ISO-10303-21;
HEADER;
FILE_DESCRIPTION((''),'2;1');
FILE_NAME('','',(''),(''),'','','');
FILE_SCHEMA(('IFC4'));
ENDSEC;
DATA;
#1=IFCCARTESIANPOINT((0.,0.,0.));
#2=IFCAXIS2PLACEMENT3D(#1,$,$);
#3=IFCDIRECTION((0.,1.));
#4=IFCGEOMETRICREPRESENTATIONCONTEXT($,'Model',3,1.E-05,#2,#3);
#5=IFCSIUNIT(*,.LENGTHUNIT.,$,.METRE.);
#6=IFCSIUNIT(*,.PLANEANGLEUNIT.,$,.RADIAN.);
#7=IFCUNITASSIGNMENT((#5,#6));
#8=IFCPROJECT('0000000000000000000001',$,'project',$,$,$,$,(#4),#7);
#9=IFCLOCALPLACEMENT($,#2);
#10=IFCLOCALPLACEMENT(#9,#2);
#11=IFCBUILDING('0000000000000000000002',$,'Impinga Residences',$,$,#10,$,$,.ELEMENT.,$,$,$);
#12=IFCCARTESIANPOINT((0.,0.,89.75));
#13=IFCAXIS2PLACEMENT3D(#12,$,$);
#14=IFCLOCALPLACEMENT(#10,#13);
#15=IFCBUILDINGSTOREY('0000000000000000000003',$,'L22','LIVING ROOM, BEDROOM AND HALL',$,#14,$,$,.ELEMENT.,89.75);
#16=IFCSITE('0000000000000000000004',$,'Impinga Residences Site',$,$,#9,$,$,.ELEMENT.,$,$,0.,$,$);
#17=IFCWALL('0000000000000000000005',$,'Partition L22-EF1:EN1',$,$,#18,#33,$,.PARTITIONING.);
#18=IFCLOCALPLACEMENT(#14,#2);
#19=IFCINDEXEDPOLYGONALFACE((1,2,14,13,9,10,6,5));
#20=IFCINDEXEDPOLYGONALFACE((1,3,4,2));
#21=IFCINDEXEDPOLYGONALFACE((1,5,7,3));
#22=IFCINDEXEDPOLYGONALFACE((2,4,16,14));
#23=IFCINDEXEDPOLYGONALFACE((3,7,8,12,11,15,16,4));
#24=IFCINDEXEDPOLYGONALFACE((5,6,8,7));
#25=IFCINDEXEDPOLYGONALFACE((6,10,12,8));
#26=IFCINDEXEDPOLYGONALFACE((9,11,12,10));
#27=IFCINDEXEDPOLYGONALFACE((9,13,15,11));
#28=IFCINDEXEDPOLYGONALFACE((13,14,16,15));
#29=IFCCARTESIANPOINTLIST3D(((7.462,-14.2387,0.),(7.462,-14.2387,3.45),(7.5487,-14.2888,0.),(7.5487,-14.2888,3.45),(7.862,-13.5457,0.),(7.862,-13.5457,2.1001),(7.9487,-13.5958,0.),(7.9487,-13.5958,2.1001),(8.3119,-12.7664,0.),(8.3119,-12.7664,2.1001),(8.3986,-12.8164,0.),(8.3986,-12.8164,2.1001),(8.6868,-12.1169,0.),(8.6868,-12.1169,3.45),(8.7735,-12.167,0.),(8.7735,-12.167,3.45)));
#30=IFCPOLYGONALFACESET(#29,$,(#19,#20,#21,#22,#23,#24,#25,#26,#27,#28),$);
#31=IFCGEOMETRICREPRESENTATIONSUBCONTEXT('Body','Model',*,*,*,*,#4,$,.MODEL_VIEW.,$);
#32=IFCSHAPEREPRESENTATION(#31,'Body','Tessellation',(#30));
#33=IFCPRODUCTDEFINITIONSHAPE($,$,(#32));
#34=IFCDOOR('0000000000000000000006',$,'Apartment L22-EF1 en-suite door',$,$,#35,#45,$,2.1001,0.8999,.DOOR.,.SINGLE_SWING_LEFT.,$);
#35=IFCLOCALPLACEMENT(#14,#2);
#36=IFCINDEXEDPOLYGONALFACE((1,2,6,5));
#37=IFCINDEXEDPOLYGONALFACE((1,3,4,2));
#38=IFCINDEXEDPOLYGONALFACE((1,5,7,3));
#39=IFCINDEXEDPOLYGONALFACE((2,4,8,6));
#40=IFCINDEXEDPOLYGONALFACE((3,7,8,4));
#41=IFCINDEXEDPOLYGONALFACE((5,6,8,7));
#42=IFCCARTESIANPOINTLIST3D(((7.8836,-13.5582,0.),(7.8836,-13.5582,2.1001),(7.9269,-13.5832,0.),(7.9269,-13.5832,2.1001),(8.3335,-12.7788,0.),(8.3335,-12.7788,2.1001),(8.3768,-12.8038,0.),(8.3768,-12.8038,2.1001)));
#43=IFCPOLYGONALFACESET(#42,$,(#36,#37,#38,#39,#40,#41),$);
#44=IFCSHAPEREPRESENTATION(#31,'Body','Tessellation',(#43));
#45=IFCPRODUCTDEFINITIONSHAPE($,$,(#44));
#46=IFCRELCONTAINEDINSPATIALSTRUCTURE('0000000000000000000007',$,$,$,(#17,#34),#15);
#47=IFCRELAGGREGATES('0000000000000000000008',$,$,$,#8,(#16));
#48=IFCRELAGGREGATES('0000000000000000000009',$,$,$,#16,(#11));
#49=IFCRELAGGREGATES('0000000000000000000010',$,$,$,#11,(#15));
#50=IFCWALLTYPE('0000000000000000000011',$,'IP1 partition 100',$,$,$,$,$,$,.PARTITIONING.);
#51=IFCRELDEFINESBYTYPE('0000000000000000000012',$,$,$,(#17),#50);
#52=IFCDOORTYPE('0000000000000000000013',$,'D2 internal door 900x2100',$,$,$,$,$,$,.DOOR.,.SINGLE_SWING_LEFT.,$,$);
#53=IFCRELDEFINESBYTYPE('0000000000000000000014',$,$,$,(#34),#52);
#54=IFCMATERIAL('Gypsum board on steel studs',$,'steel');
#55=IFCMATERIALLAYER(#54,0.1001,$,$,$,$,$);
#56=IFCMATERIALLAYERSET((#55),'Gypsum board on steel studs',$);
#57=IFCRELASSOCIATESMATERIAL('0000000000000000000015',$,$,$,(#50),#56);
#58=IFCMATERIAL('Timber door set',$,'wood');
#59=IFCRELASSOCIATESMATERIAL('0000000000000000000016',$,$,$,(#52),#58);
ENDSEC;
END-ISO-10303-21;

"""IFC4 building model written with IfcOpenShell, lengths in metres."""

from ifc_helpers import new_model, si_unit, direction, frame, frame_2d, origin, place, context, subcontext, project, spatial, rectangle, extrude, material, layer, layer_set, type_object, element, fill, save


model = new_model("IFC4")

# Units and contexts
model_context = context("Model", 3, precision=1e-05, world=origin(), true_north=direction((0.0, 1.0)))
body_context = subcontext(model_context, "Body", "Model", "MODEL_VIEW")
ifc_project = project(units=[si_unit("LENGTHUNIT", "METRE"), si_unit("PLANEANGLEUNIT", "RADIAN")], contexts=[model_context])

# Site, building, storey
site_placement = place(None, origin())
site = spatial("IfcSite", under=ifc_project, at=site_placement, Name="Impinga Residences Site", CompositionType="ELEMENT", RefElevation=0.0)
building_placement = place(site_placement, origin())
building = spatial("IfcBuilding", under=site, at=building_placement, Name="Impinga Residences", CompositionType="ELEMENT")
storey_placement = place(building_placement, frame((0.0, 0.0, 89.75)))
storey = spatial("IfcBuildingStorey", under=building, at=storey_placement, Name="L22", Description="LIVING ROOM, BEDROOM AND HALL", CompositionType="ELEMENT", Elevation=89.75)

# Shared definitions
ifc_material_1 = material(Name="Timber door set", Category="wood")

# Shared definitions
ifc_material_2 = material(Name="Gypsum board on steel studs", Category="steel")
ifc_layer_1 = layer(ifc_material_2, 0.1001)
ifc_layer_set_1 = layer_set([ifc_layer_1], Name="Gypsum board on steel studs")
wall_type_1 = type_object("IfcWallType", Name="IP1 partition 100", PredefinedType="PARTITIONING", material=ifc_layer_set_1)
door_type_1 = type_object("IfcDoorType", Name="D2 internal door 900x2100", OperationType="SINGLE_SWING_LEFT", PredefinedType="DOOR", material=ifc_material_1)

# Wall, opening, door
wall_1_placement = place(storey_placement, frame((8.7302, -12.1418, 0.0), z_axis=(0.0, 0.0, 1.0), x_axis=(-0.499944, -0.866058, 0.0)))
wall_1 = element("IfcWall", 1, at=wall_1_placement, inside=storey, type_object=wall_type_1, Name="Partition L22-EF1:EN1", PredefinedType="PARTITIONING", context=body_context, shape_type="SweptSolid", body=[
    extrude(rectangle(XDim=2.45, YDim=0.1001, at=frame_2d((1.2251, 0.0))), origin(), (0.0, 0.0, 1.0), 3.45),
])
opening_1_placement = place(wall_1_placement, frame((0.75, 0.0, 0.0)))
opening_1 = element("IfcOpeningElement", 2, at=opening_1_placement, cuts=wall_1, PredefinedType="OPENING", context=body_context, shape_type="SweptSolid", body=[
    extrude(rectangle(XDim=0.8999, YDim=2.1001, at=frame_2d((0.45, 1.05))), frame((0.0, 0.0601, 0.0), z_axis=(0.0, -1.0, 0.0), x_axis=(1.0, 0.0, 0.0)), (0.0, 0.0, 1.0), 0.1201),
])
door_1_placement = place(opening_1_placement, origin())
door_1 = element("IfcDoor", 3, at=door_1_placement, inside=storey, type_object=door_type_1, Name="Apartment L22-EF1 en-suite door", OperationType="SINGLE_SWING_LEFT", OverallHeight=2.1001, OverallWidth=0.8999, PredefinedType="DOOR", context=body_context, shape_type="SweptSolid", body=[
    extrude(rectangle(XDim=0.8999, YDim=2.1001, at=frame_2d((0.45, 1.05))), frame((0.0, 0.0249, 0.0), z_axis=(0.0, -1.0, 0.0), x_axis=(1.0, 0.0, 0.0)), (0.0, 0.0, 1.0), 0.05),
])
fill(opening_1, door_1)

save(model, "model.ifc")
